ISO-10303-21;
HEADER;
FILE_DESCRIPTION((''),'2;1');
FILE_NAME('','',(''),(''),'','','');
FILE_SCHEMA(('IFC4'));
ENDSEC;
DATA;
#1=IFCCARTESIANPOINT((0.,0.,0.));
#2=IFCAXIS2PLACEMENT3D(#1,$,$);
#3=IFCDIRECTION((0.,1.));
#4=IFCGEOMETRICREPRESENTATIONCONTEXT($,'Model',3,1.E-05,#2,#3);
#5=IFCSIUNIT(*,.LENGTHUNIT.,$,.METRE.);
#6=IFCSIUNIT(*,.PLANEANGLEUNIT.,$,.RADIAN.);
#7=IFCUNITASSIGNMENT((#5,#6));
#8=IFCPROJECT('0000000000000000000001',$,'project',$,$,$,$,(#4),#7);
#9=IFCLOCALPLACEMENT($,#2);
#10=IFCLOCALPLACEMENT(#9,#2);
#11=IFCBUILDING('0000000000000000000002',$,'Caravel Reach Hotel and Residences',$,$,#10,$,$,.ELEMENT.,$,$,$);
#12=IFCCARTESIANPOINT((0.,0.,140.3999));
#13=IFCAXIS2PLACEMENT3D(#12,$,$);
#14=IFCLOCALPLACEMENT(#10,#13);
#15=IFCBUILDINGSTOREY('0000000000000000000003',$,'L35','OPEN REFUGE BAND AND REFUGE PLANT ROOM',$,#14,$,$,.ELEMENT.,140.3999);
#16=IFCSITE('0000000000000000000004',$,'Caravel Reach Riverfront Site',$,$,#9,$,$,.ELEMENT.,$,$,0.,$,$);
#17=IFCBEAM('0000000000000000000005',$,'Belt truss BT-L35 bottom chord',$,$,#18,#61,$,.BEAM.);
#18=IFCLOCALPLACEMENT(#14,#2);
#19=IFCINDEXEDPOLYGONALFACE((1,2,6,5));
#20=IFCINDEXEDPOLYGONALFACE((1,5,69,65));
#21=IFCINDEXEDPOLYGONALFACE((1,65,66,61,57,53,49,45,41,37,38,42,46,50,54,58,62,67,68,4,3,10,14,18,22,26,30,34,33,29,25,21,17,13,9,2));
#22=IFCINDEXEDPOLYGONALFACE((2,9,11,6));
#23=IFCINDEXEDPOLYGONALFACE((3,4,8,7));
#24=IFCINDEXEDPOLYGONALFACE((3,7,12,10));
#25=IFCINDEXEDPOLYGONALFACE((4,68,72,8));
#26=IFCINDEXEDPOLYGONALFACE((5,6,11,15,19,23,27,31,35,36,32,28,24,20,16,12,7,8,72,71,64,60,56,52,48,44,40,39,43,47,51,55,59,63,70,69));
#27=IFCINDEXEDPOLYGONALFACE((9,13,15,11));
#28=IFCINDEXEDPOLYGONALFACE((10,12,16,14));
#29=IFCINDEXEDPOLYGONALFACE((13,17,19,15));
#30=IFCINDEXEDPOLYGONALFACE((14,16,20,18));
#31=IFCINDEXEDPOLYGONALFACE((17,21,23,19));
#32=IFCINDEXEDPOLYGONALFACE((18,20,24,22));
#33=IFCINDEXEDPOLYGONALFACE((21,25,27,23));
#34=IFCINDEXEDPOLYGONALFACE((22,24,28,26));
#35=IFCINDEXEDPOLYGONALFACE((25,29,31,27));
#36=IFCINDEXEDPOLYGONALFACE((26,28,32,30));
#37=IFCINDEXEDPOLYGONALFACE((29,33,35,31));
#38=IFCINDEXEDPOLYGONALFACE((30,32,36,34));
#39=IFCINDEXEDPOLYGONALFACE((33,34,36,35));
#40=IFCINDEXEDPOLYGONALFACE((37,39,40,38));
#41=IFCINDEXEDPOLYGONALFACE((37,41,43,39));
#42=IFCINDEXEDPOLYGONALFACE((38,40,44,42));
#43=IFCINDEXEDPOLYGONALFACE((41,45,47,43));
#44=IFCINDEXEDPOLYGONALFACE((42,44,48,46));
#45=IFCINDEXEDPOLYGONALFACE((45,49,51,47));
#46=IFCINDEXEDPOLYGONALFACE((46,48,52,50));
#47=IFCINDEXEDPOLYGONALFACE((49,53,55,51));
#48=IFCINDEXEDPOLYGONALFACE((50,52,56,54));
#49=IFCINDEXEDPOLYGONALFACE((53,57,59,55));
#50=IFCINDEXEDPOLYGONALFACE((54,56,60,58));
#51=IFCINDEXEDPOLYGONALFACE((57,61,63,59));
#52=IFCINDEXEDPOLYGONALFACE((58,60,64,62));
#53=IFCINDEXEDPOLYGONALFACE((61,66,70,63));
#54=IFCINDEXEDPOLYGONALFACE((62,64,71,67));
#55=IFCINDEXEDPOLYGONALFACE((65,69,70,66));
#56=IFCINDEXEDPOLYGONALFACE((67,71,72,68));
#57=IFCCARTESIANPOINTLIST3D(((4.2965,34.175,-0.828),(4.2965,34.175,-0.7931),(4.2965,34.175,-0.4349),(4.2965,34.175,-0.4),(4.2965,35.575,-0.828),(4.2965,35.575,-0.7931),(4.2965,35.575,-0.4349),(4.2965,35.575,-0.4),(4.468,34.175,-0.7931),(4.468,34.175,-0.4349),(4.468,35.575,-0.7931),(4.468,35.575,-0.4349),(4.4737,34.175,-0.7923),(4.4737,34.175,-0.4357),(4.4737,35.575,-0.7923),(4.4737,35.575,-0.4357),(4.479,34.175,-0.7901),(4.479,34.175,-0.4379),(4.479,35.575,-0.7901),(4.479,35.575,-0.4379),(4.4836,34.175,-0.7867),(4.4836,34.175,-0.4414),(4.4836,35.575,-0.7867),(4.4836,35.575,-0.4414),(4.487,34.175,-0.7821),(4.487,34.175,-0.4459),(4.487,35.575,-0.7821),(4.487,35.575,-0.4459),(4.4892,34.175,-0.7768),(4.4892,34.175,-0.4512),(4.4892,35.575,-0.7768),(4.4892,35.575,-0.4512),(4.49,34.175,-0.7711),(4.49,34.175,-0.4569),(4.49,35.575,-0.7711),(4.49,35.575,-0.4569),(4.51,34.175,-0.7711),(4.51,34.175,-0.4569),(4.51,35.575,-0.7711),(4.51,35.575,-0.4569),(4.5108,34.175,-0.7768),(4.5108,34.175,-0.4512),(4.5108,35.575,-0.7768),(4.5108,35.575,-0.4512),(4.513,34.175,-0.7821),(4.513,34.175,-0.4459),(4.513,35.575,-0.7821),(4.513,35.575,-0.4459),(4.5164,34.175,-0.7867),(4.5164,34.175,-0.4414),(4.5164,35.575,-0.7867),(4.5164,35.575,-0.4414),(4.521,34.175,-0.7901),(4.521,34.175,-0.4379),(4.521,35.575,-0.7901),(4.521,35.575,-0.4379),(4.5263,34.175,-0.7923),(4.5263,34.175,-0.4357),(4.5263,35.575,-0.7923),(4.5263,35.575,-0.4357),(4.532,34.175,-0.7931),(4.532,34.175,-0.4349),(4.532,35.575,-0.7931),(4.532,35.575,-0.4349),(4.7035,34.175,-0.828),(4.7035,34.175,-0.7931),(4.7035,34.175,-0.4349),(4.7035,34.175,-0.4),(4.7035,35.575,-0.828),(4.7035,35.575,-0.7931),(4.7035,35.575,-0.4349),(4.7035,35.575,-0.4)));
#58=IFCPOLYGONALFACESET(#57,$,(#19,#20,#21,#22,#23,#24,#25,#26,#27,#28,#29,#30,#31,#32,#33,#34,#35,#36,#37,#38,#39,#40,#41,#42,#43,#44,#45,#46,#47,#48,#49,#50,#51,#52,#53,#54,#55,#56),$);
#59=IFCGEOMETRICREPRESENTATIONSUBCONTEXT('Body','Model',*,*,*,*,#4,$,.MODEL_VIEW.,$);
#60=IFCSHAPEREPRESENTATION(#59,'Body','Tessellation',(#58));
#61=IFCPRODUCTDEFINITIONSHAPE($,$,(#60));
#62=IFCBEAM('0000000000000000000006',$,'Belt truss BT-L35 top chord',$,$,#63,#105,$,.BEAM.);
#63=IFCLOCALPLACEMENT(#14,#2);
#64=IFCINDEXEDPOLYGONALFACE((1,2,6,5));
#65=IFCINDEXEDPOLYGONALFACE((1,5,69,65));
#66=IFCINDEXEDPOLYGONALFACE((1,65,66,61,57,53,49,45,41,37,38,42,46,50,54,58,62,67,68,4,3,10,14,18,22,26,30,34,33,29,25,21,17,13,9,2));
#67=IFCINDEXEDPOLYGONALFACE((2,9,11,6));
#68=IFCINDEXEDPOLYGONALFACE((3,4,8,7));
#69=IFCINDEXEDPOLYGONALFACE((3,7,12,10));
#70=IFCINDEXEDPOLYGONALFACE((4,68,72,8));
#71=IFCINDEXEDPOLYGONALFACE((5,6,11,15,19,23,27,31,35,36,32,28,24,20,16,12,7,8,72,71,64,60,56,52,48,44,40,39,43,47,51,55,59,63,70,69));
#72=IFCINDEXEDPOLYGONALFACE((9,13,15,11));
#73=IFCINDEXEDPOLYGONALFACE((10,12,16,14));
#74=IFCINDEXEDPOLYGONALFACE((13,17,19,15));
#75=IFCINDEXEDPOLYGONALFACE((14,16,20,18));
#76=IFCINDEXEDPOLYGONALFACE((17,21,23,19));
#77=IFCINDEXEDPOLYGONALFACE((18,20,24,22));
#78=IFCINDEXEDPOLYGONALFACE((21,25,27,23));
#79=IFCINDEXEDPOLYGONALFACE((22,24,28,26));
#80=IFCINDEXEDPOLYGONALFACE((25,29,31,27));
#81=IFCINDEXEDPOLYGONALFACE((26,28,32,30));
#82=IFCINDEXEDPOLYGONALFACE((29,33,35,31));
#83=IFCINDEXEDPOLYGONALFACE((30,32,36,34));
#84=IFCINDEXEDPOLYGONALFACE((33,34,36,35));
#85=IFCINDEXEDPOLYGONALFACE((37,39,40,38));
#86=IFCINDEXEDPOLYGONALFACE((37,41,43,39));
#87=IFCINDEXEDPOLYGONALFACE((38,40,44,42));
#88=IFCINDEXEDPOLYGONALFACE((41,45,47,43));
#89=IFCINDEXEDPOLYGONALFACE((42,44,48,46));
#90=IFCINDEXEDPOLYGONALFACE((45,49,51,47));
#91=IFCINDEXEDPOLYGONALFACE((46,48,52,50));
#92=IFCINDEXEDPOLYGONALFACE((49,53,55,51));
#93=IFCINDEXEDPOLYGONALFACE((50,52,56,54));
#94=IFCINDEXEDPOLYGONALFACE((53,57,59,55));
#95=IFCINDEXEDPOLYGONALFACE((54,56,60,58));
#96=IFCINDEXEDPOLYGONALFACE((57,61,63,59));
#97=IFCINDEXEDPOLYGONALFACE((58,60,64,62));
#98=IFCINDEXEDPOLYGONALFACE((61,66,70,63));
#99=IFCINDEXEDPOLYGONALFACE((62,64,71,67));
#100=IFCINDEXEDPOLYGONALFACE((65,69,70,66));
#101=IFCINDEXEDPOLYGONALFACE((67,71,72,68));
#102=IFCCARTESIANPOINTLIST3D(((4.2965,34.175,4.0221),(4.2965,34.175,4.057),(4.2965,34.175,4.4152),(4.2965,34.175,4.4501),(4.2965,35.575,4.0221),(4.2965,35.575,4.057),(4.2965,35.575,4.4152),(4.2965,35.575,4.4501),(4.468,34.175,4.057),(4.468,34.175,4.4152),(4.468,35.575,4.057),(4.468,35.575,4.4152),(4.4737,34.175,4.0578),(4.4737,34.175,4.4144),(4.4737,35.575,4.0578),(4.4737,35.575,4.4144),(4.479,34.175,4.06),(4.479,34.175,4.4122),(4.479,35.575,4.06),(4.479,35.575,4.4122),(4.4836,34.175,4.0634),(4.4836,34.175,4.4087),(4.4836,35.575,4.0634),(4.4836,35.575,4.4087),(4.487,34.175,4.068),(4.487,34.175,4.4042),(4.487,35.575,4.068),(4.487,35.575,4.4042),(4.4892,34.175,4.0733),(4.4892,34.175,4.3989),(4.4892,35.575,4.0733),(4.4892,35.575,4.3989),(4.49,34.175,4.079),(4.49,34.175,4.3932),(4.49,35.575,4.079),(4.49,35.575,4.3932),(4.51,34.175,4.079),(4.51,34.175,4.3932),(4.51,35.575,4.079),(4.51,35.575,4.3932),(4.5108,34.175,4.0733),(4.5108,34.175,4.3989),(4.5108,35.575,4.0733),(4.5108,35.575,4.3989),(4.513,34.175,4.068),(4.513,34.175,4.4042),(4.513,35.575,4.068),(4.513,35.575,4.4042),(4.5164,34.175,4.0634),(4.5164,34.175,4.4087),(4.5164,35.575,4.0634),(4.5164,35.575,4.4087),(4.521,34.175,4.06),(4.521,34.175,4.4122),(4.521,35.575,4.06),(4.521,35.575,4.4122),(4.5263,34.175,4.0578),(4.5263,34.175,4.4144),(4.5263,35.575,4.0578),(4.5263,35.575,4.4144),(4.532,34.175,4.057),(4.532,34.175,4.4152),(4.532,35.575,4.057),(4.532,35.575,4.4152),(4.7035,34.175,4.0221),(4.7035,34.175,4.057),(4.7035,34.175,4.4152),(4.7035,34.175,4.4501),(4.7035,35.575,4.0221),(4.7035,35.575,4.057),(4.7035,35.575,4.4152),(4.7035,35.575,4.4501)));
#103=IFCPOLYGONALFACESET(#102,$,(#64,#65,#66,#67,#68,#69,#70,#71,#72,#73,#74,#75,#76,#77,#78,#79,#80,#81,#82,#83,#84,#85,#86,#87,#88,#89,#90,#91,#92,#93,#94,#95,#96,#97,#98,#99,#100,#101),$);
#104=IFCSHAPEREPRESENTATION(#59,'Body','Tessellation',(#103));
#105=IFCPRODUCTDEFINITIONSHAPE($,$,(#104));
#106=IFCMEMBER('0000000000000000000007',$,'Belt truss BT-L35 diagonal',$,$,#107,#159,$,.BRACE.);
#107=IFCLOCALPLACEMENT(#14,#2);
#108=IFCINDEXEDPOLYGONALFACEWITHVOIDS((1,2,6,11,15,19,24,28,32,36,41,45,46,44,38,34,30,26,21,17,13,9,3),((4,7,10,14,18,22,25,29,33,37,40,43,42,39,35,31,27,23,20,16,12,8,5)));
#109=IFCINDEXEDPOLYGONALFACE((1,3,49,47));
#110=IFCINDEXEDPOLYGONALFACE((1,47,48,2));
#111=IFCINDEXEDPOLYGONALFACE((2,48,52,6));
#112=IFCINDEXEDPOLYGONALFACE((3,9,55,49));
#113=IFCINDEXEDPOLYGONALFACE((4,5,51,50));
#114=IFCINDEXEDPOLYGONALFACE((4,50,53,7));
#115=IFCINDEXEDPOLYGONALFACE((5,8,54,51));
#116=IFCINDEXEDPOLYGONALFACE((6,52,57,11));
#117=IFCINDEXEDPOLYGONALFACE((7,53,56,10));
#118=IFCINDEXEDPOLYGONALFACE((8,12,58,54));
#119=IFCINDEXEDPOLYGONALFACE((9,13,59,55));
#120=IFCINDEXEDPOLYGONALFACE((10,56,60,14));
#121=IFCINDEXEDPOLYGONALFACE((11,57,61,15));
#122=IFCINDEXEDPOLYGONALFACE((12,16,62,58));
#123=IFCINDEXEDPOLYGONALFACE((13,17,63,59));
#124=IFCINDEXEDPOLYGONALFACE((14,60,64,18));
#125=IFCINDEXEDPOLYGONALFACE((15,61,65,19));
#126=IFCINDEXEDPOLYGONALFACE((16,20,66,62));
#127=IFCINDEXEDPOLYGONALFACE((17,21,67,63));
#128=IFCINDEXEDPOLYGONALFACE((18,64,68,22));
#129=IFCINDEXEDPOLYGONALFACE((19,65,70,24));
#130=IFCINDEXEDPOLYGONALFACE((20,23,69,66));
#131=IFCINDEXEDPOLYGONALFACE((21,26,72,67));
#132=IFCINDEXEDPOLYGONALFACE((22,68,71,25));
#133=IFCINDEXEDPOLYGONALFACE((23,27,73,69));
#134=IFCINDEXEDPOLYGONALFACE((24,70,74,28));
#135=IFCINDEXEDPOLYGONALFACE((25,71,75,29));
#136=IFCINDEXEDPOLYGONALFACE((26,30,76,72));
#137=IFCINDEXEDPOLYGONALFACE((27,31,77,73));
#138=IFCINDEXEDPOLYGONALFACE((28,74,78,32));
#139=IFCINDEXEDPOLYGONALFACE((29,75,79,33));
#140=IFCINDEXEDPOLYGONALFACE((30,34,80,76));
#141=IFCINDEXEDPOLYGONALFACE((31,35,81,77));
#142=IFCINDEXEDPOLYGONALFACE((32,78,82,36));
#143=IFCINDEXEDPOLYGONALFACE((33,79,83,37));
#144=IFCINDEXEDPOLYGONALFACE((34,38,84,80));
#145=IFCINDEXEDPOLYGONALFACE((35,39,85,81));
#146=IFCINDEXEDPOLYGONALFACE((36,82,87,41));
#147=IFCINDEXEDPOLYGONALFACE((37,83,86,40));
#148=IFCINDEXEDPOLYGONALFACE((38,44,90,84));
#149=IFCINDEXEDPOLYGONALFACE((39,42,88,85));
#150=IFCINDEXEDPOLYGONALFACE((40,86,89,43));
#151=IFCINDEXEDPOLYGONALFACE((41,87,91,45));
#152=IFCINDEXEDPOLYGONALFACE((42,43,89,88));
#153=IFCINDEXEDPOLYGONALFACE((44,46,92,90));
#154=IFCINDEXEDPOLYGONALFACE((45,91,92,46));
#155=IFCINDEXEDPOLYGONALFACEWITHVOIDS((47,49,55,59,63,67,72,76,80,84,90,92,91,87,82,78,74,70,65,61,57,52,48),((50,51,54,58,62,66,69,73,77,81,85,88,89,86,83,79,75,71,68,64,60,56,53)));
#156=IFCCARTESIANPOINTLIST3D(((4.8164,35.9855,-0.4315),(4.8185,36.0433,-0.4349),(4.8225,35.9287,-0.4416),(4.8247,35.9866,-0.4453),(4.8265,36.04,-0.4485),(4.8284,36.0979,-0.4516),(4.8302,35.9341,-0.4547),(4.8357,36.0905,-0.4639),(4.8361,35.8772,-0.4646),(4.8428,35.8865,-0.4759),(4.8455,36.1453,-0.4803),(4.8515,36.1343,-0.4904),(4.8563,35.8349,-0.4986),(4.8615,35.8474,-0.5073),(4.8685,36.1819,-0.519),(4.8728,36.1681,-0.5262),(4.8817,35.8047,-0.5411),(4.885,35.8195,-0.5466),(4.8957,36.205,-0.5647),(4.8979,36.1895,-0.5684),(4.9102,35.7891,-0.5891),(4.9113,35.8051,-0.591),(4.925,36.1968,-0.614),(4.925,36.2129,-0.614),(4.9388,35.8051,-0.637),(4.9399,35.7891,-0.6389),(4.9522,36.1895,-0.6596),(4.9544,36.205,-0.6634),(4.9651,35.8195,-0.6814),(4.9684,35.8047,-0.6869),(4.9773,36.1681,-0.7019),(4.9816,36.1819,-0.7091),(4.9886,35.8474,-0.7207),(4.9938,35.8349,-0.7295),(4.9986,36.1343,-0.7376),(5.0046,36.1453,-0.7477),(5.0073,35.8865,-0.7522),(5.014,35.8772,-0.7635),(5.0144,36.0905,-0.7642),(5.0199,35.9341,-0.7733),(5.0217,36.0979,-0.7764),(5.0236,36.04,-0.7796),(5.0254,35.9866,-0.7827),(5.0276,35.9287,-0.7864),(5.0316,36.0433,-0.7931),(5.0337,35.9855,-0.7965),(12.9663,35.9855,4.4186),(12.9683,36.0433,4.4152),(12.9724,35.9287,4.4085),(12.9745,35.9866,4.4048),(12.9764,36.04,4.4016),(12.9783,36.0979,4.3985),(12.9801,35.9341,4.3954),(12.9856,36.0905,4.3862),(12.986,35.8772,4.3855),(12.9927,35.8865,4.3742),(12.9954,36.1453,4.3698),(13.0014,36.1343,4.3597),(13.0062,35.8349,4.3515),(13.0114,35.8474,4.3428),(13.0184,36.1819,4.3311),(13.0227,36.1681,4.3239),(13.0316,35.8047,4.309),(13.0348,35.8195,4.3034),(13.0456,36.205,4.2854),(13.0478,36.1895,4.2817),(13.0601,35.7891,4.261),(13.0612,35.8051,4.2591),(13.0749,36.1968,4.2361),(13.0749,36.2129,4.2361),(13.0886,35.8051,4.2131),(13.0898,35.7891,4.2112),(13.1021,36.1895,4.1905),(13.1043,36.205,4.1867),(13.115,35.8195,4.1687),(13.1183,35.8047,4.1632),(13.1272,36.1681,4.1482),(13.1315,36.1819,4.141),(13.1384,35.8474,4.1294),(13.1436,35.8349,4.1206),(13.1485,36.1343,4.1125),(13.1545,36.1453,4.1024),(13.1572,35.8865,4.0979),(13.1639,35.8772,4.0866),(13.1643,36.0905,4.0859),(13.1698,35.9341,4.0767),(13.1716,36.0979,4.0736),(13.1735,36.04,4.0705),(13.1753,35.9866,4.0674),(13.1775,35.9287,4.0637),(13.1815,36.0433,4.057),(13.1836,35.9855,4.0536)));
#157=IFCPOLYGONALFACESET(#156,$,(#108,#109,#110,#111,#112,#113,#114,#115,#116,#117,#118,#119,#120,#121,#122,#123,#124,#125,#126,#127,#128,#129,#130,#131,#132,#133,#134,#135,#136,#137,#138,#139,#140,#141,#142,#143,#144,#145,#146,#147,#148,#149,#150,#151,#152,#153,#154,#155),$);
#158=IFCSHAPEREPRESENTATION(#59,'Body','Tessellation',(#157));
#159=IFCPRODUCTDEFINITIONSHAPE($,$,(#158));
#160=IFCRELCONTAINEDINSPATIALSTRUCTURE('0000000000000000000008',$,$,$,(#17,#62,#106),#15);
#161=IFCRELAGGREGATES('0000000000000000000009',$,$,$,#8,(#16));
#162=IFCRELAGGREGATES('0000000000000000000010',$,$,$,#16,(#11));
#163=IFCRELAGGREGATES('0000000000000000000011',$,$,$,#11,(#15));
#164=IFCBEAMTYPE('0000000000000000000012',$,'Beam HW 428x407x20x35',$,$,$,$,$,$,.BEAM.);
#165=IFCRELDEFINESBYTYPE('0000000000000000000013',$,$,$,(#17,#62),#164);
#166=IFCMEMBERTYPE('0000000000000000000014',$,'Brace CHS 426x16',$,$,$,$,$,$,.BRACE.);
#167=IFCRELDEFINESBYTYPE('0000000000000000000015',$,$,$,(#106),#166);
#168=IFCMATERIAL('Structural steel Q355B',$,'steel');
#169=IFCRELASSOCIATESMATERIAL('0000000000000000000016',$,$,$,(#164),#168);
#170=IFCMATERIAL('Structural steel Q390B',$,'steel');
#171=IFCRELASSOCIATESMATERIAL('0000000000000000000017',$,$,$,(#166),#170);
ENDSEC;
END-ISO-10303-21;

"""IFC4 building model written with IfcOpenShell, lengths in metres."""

from ifc_helpers import new_model, si_unit, direction, frame, origin, origin_2d, place, context, subcontext, project, spatial, hollow_circle, i_section, extrude, material, material_profile, profile_set, type_object, element, save


model = new_model("IFC4")

# Units and contexts
model_context = context("Model", 3, precision=1e-05, world=origin(), true_north=direction((0.0, 1.0)))
body_context = subcontext(model_context, "Body", "Model", "MODEL_VIEW")
ifc_project = project(units=[si_unit("LENGTHUNIT", "METRE"), si_unit("PLANEANGLEUNIT", "RADIAN")], contexts=[model_context])

# Site, building, storey
site_placement = place(None, origin())
site = spatial("IfcSite", under=ifc_project, at=site_placement, Name="Caravel Reach Riverfront Site", CompositionType="ELEMENT", RefElevation=0.0)
building_placement = place(site_placement, origin())
building = spatial("IfcBuilding", under=site, at=building_placement, Name="Caravel Reach Hotel and Residences", CompositionType="ELEMENT")
storey_placement = place(building_placement, frame((0.0, 0.0, 140.3999)))
storey = spatial("IfcBuildingStorey", under=building, at=storey_placement, Name="L35", Description="OPEN REFUGE BAND AND REFUGE PLANT ROOM", CompositionType="ELEMENT", Elevation=140.3999)

# Beams
ifc_material_1 = material(Name="Structural steel Q355B", Category="steel")
ifc_material_profile_1 = material_profile(ifc_material_1, i_section(OverallWidth=0.407, OverallDepth=0.428, WebThickness=0.02, FlangeThickness=0.0349, FilletRadius=0.022, at=origin_2d()), Name="HW 428x407x20x35")
ifc_profile_set_1 = profile_set([ifc_material_profile_1], Name="Structural steel Q355B")
beam_type = type_object("IfcBeamType", Name="Beam HW 428x407x20x35", PredefinedType="BEAM", material=ifc_profile_set_1)
for number, where, z_axis, x_axis, name in (
    (1, (4.5, 35.575, -0.614), (0.0, -1.0, 0.0), (1.0, 0.0, 0.0), "Belt truss BT-L35 bottom chord"),
    (2, (4.5, 35.575, 4.2361), (0.0, -1.0, 0.0), (1.0, 0.0, 0.0), "Belt truss BT-L35 top chord"),
):
    element("IfcBeam", number, at=place(storey_placement, frame(where, z_axis=z_axis, x_axis=x_axis)), inside=storey, type_object=beam_type, Name=name, PredefinedType="BEAM", context=body_context, shape_type="SweptSolid", body=[
        extrude(i_section(OverallWidth=0.407, OverallDepth=0.428, WebThickness=0.02, FlangeThickness=0.0349, FilletRadius=0.022, at=origin_2d()), origin(), (0.0, 0.0, 1.0), 1.3999),
    ])

# Member
ifc_material_2 = material(Name="Structural steel Q390B", Category="steel")
ifc_material_profile_2 = material_profile(ifc_material_2, hollow_circle(Radius=0.2129, WallThickness=0.0161, at=origin_2d()), Name="CHS 426x16")
ifc_profile_set_2 = profile_set([ifc_material_profile_2], Name="Structural steel Q390B")
member_type = type_object("IfcMemberType", Name="Brace CHS 426x16", PredefinedType="BRACE", material=ifc_profile_set_2)
member_placement = place(storey_placement, frame((4.925, 36.0, -0.614), z_axis=(0.859341, 0.0, 0.511403), x_axis=(0.0, 1.0, 0.0)))
element("IfcMember", 3, at=member_placement, inside=storey, type_object=member_type, Name="Belt truss BT-L35 diagonal", PredefinedType="BRACE", context=body_context, shape_type="SweptSolid", body=[
    extrude(hollow_circle(Radius=0.2129, WallThickness=0.0161, at=origin_2d()), origin(), (0.0, 0.0, 1.0), 9.4839),
])

save(model, "model.ifc")
